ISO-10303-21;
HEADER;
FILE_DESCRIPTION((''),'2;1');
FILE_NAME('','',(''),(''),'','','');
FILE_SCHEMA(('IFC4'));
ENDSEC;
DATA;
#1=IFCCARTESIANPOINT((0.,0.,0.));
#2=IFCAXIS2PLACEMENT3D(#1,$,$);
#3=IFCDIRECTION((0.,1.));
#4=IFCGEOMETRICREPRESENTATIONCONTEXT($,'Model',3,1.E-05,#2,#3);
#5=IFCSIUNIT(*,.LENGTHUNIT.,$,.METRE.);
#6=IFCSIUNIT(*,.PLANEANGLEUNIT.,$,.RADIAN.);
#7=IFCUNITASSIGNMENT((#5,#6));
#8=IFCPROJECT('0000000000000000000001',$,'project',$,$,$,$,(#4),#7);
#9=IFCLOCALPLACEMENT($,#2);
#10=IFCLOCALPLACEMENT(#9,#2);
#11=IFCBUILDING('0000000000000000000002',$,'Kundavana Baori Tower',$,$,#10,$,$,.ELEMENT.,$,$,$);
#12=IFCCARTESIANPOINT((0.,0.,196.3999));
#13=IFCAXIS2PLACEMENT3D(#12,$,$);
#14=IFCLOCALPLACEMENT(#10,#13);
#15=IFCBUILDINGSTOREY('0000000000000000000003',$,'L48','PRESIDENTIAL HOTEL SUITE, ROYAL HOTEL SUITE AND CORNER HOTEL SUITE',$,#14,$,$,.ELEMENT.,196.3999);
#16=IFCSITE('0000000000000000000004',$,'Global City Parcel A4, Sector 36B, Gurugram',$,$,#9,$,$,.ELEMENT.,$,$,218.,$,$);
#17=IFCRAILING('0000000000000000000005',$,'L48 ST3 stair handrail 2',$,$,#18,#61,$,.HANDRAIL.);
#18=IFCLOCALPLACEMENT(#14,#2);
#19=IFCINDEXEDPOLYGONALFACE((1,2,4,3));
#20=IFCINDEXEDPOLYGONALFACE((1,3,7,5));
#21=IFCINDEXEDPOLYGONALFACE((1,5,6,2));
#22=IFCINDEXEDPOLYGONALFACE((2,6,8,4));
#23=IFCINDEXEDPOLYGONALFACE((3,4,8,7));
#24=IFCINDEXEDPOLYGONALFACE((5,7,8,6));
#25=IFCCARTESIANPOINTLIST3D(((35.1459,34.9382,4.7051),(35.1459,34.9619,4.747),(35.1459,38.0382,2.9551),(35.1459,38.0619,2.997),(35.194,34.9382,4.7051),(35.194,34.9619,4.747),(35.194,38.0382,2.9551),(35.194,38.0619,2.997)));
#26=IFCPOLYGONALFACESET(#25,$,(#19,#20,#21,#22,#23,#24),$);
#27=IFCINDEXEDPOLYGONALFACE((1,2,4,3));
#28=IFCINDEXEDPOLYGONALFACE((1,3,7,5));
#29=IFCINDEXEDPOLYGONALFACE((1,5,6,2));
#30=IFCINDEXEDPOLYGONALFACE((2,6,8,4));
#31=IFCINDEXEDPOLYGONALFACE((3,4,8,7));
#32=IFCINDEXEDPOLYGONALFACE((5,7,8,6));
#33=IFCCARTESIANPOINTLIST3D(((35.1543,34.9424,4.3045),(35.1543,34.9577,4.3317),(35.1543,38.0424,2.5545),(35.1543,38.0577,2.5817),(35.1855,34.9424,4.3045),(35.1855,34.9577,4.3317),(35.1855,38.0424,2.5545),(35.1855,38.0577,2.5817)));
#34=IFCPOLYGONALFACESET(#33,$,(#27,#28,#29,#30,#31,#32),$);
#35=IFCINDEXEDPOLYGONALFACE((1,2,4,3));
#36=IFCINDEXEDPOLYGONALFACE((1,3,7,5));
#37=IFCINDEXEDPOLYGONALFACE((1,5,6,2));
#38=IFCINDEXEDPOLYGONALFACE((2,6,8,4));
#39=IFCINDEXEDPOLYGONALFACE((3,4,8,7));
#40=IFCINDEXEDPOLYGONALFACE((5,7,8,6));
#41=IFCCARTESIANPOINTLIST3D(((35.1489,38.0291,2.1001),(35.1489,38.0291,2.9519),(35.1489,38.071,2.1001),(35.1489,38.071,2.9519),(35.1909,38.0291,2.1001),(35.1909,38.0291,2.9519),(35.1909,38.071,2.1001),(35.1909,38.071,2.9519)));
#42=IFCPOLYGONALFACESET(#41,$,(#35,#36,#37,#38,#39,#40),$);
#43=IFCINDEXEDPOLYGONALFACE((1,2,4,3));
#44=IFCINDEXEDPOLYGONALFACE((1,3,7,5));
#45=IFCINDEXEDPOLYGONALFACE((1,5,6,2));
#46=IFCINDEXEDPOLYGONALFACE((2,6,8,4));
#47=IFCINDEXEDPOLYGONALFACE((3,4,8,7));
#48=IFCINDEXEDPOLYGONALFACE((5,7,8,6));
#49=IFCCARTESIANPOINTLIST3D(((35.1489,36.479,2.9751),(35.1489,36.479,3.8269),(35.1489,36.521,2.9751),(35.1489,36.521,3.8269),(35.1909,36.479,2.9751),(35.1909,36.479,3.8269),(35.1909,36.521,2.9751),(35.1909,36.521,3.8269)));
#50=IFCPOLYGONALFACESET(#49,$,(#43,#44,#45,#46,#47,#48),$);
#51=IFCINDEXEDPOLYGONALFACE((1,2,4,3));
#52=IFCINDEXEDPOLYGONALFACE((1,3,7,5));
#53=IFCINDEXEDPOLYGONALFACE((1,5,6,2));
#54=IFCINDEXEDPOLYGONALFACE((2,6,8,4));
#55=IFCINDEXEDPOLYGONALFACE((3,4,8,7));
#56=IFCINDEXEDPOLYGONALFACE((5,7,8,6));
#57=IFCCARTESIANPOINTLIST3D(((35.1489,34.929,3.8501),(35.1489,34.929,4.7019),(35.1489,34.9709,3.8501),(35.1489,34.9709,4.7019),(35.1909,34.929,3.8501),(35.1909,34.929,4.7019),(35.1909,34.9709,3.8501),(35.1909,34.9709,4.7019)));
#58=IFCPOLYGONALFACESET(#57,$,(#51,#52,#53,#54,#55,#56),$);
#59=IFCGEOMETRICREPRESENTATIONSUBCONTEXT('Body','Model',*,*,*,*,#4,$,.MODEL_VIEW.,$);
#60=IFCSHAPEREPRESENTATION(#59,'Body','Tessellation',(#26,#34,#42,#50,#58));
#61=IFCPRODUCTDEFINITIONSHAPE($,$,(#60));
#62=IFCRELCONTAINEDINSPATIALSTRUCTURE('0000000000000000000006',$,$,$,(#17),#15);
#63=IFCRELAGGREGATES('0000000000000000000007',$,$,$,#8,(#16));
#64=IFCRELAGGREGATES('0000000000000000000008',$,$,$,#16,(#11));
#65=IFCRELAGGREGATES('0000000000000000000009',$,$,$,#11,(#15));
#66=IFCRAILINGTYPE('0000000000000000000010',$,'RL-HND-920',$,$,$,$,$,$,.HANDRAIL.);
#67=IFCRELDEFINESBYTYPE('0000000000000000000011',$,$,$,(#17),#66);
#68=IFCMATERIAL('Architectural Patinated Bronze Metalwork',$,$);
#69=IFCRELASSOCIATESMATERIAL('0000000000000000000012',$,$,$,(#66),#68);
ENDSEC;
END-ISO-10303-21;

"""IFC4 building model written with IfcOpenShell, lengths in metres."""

from ifc_helpers import new_model, si_unit, direction, frame, origin, origin_2d, place, context, subcontext, project, spatial, rectangle, extrude, material, type_object, element, save


model = new_model("IFC4")

# Units and contexts
model_context = context("Model", 3, precision=1e-05, world=origin(), true_north=direction((0.0, 1.0)))
body_context = subcontext(model_context, "Body", "Model", "MODEL_VIEW")
ifc_project = project(units=[si_unit("LENGTHUNIT", "METRE"), si_unit("PLANEANGLEUNIT", "RADIAN")], contexts=[model_context])

# Site, building, storey
site_placement = place(None, origin())
site = spatial("IfcSite", under=ifc_project, at=site_placement, Name="Global City Parcel A4, Sector 36B, Gurugram", CompositionType="ELEMENT", RefElevation=218.0)
building_placement = place(site_placement, origin())
building = spatial("IfcBuilding", under=site, at=building_placement, Name="Kundavana Baori Tower", CompositionType="ELEMENT")
storey_placement = place(building_placement, frame((0.0, 0.0, 196.3999)))
storey = spatial("IfcBuildingStorey", under=building, at=storey_placement, Name="L48", Description="PRESIDENTIAL HOTEL SUITE, ROYAL HOTEL SUITE AND CORNER HOTEL SUITE", CompositionType="ELEMENT", Elevation=196.3999)

# Railing
ifc_material_1 = material(Name="Architectural Patinated Bronze Metalwork")
railing_type_1 = type_object("IfcRailingType", Name="RL-HND-920", PredefinedType="HANDRAIL", material=ifc_material_1)
railing_1_placement = place(storey_placement, frame((35.1699, 38.05, 2.1001)))
element("IfcRailing", 1, at=railing_1_placement, inside=storey, type_object=railing_type_1, Name="L48 ST3 stair handrail 2", PredefinedType="HANDRAIL", context=body_context, shape_type="SweptSolid", body=[
    extrude(rectangle(XDim=0.0481, YDim=0.0481, at=origin_2d()), frame((0.0, 0.0, 0.876), z_axis=(0.0, -0.870831, 0.491583), x_axis=(1.0, 0.0, 0.0)), (0.0, 0.0, 1.0), 3.5598),
    extrude(rectangle(XDim=0.0312, YDim=0.0312, at=origin_2d()), frame((0.0, 0.0, 0.468), z_axis=(0.0, -0.870831, 0.491583), x_axis=(1.0, 0.0, 0.0)), (0.0, 0.0, 1.0), 3.5598),
    extrude(rectangle(XDim=0.042, YDim=0.042, at=origin_2d()), origin(), (0.0, 0.0, 1.0), 0.8518),
    extrude(rectangle(XDim=0.042, YDim=0.042, at=origin_2d()), frame((0.0, -1.55, 0.875)), (0.0, 0.0, 1.0), 0.8518),
    extrude(rectangle(XDim=0.042, YDim=0.042, at=origin_2d()), frame((0.0, -3.1001, 1.75)), (0.0, 0.0, 1.0), 0.8518),
])

save(model, "model.ifc")
